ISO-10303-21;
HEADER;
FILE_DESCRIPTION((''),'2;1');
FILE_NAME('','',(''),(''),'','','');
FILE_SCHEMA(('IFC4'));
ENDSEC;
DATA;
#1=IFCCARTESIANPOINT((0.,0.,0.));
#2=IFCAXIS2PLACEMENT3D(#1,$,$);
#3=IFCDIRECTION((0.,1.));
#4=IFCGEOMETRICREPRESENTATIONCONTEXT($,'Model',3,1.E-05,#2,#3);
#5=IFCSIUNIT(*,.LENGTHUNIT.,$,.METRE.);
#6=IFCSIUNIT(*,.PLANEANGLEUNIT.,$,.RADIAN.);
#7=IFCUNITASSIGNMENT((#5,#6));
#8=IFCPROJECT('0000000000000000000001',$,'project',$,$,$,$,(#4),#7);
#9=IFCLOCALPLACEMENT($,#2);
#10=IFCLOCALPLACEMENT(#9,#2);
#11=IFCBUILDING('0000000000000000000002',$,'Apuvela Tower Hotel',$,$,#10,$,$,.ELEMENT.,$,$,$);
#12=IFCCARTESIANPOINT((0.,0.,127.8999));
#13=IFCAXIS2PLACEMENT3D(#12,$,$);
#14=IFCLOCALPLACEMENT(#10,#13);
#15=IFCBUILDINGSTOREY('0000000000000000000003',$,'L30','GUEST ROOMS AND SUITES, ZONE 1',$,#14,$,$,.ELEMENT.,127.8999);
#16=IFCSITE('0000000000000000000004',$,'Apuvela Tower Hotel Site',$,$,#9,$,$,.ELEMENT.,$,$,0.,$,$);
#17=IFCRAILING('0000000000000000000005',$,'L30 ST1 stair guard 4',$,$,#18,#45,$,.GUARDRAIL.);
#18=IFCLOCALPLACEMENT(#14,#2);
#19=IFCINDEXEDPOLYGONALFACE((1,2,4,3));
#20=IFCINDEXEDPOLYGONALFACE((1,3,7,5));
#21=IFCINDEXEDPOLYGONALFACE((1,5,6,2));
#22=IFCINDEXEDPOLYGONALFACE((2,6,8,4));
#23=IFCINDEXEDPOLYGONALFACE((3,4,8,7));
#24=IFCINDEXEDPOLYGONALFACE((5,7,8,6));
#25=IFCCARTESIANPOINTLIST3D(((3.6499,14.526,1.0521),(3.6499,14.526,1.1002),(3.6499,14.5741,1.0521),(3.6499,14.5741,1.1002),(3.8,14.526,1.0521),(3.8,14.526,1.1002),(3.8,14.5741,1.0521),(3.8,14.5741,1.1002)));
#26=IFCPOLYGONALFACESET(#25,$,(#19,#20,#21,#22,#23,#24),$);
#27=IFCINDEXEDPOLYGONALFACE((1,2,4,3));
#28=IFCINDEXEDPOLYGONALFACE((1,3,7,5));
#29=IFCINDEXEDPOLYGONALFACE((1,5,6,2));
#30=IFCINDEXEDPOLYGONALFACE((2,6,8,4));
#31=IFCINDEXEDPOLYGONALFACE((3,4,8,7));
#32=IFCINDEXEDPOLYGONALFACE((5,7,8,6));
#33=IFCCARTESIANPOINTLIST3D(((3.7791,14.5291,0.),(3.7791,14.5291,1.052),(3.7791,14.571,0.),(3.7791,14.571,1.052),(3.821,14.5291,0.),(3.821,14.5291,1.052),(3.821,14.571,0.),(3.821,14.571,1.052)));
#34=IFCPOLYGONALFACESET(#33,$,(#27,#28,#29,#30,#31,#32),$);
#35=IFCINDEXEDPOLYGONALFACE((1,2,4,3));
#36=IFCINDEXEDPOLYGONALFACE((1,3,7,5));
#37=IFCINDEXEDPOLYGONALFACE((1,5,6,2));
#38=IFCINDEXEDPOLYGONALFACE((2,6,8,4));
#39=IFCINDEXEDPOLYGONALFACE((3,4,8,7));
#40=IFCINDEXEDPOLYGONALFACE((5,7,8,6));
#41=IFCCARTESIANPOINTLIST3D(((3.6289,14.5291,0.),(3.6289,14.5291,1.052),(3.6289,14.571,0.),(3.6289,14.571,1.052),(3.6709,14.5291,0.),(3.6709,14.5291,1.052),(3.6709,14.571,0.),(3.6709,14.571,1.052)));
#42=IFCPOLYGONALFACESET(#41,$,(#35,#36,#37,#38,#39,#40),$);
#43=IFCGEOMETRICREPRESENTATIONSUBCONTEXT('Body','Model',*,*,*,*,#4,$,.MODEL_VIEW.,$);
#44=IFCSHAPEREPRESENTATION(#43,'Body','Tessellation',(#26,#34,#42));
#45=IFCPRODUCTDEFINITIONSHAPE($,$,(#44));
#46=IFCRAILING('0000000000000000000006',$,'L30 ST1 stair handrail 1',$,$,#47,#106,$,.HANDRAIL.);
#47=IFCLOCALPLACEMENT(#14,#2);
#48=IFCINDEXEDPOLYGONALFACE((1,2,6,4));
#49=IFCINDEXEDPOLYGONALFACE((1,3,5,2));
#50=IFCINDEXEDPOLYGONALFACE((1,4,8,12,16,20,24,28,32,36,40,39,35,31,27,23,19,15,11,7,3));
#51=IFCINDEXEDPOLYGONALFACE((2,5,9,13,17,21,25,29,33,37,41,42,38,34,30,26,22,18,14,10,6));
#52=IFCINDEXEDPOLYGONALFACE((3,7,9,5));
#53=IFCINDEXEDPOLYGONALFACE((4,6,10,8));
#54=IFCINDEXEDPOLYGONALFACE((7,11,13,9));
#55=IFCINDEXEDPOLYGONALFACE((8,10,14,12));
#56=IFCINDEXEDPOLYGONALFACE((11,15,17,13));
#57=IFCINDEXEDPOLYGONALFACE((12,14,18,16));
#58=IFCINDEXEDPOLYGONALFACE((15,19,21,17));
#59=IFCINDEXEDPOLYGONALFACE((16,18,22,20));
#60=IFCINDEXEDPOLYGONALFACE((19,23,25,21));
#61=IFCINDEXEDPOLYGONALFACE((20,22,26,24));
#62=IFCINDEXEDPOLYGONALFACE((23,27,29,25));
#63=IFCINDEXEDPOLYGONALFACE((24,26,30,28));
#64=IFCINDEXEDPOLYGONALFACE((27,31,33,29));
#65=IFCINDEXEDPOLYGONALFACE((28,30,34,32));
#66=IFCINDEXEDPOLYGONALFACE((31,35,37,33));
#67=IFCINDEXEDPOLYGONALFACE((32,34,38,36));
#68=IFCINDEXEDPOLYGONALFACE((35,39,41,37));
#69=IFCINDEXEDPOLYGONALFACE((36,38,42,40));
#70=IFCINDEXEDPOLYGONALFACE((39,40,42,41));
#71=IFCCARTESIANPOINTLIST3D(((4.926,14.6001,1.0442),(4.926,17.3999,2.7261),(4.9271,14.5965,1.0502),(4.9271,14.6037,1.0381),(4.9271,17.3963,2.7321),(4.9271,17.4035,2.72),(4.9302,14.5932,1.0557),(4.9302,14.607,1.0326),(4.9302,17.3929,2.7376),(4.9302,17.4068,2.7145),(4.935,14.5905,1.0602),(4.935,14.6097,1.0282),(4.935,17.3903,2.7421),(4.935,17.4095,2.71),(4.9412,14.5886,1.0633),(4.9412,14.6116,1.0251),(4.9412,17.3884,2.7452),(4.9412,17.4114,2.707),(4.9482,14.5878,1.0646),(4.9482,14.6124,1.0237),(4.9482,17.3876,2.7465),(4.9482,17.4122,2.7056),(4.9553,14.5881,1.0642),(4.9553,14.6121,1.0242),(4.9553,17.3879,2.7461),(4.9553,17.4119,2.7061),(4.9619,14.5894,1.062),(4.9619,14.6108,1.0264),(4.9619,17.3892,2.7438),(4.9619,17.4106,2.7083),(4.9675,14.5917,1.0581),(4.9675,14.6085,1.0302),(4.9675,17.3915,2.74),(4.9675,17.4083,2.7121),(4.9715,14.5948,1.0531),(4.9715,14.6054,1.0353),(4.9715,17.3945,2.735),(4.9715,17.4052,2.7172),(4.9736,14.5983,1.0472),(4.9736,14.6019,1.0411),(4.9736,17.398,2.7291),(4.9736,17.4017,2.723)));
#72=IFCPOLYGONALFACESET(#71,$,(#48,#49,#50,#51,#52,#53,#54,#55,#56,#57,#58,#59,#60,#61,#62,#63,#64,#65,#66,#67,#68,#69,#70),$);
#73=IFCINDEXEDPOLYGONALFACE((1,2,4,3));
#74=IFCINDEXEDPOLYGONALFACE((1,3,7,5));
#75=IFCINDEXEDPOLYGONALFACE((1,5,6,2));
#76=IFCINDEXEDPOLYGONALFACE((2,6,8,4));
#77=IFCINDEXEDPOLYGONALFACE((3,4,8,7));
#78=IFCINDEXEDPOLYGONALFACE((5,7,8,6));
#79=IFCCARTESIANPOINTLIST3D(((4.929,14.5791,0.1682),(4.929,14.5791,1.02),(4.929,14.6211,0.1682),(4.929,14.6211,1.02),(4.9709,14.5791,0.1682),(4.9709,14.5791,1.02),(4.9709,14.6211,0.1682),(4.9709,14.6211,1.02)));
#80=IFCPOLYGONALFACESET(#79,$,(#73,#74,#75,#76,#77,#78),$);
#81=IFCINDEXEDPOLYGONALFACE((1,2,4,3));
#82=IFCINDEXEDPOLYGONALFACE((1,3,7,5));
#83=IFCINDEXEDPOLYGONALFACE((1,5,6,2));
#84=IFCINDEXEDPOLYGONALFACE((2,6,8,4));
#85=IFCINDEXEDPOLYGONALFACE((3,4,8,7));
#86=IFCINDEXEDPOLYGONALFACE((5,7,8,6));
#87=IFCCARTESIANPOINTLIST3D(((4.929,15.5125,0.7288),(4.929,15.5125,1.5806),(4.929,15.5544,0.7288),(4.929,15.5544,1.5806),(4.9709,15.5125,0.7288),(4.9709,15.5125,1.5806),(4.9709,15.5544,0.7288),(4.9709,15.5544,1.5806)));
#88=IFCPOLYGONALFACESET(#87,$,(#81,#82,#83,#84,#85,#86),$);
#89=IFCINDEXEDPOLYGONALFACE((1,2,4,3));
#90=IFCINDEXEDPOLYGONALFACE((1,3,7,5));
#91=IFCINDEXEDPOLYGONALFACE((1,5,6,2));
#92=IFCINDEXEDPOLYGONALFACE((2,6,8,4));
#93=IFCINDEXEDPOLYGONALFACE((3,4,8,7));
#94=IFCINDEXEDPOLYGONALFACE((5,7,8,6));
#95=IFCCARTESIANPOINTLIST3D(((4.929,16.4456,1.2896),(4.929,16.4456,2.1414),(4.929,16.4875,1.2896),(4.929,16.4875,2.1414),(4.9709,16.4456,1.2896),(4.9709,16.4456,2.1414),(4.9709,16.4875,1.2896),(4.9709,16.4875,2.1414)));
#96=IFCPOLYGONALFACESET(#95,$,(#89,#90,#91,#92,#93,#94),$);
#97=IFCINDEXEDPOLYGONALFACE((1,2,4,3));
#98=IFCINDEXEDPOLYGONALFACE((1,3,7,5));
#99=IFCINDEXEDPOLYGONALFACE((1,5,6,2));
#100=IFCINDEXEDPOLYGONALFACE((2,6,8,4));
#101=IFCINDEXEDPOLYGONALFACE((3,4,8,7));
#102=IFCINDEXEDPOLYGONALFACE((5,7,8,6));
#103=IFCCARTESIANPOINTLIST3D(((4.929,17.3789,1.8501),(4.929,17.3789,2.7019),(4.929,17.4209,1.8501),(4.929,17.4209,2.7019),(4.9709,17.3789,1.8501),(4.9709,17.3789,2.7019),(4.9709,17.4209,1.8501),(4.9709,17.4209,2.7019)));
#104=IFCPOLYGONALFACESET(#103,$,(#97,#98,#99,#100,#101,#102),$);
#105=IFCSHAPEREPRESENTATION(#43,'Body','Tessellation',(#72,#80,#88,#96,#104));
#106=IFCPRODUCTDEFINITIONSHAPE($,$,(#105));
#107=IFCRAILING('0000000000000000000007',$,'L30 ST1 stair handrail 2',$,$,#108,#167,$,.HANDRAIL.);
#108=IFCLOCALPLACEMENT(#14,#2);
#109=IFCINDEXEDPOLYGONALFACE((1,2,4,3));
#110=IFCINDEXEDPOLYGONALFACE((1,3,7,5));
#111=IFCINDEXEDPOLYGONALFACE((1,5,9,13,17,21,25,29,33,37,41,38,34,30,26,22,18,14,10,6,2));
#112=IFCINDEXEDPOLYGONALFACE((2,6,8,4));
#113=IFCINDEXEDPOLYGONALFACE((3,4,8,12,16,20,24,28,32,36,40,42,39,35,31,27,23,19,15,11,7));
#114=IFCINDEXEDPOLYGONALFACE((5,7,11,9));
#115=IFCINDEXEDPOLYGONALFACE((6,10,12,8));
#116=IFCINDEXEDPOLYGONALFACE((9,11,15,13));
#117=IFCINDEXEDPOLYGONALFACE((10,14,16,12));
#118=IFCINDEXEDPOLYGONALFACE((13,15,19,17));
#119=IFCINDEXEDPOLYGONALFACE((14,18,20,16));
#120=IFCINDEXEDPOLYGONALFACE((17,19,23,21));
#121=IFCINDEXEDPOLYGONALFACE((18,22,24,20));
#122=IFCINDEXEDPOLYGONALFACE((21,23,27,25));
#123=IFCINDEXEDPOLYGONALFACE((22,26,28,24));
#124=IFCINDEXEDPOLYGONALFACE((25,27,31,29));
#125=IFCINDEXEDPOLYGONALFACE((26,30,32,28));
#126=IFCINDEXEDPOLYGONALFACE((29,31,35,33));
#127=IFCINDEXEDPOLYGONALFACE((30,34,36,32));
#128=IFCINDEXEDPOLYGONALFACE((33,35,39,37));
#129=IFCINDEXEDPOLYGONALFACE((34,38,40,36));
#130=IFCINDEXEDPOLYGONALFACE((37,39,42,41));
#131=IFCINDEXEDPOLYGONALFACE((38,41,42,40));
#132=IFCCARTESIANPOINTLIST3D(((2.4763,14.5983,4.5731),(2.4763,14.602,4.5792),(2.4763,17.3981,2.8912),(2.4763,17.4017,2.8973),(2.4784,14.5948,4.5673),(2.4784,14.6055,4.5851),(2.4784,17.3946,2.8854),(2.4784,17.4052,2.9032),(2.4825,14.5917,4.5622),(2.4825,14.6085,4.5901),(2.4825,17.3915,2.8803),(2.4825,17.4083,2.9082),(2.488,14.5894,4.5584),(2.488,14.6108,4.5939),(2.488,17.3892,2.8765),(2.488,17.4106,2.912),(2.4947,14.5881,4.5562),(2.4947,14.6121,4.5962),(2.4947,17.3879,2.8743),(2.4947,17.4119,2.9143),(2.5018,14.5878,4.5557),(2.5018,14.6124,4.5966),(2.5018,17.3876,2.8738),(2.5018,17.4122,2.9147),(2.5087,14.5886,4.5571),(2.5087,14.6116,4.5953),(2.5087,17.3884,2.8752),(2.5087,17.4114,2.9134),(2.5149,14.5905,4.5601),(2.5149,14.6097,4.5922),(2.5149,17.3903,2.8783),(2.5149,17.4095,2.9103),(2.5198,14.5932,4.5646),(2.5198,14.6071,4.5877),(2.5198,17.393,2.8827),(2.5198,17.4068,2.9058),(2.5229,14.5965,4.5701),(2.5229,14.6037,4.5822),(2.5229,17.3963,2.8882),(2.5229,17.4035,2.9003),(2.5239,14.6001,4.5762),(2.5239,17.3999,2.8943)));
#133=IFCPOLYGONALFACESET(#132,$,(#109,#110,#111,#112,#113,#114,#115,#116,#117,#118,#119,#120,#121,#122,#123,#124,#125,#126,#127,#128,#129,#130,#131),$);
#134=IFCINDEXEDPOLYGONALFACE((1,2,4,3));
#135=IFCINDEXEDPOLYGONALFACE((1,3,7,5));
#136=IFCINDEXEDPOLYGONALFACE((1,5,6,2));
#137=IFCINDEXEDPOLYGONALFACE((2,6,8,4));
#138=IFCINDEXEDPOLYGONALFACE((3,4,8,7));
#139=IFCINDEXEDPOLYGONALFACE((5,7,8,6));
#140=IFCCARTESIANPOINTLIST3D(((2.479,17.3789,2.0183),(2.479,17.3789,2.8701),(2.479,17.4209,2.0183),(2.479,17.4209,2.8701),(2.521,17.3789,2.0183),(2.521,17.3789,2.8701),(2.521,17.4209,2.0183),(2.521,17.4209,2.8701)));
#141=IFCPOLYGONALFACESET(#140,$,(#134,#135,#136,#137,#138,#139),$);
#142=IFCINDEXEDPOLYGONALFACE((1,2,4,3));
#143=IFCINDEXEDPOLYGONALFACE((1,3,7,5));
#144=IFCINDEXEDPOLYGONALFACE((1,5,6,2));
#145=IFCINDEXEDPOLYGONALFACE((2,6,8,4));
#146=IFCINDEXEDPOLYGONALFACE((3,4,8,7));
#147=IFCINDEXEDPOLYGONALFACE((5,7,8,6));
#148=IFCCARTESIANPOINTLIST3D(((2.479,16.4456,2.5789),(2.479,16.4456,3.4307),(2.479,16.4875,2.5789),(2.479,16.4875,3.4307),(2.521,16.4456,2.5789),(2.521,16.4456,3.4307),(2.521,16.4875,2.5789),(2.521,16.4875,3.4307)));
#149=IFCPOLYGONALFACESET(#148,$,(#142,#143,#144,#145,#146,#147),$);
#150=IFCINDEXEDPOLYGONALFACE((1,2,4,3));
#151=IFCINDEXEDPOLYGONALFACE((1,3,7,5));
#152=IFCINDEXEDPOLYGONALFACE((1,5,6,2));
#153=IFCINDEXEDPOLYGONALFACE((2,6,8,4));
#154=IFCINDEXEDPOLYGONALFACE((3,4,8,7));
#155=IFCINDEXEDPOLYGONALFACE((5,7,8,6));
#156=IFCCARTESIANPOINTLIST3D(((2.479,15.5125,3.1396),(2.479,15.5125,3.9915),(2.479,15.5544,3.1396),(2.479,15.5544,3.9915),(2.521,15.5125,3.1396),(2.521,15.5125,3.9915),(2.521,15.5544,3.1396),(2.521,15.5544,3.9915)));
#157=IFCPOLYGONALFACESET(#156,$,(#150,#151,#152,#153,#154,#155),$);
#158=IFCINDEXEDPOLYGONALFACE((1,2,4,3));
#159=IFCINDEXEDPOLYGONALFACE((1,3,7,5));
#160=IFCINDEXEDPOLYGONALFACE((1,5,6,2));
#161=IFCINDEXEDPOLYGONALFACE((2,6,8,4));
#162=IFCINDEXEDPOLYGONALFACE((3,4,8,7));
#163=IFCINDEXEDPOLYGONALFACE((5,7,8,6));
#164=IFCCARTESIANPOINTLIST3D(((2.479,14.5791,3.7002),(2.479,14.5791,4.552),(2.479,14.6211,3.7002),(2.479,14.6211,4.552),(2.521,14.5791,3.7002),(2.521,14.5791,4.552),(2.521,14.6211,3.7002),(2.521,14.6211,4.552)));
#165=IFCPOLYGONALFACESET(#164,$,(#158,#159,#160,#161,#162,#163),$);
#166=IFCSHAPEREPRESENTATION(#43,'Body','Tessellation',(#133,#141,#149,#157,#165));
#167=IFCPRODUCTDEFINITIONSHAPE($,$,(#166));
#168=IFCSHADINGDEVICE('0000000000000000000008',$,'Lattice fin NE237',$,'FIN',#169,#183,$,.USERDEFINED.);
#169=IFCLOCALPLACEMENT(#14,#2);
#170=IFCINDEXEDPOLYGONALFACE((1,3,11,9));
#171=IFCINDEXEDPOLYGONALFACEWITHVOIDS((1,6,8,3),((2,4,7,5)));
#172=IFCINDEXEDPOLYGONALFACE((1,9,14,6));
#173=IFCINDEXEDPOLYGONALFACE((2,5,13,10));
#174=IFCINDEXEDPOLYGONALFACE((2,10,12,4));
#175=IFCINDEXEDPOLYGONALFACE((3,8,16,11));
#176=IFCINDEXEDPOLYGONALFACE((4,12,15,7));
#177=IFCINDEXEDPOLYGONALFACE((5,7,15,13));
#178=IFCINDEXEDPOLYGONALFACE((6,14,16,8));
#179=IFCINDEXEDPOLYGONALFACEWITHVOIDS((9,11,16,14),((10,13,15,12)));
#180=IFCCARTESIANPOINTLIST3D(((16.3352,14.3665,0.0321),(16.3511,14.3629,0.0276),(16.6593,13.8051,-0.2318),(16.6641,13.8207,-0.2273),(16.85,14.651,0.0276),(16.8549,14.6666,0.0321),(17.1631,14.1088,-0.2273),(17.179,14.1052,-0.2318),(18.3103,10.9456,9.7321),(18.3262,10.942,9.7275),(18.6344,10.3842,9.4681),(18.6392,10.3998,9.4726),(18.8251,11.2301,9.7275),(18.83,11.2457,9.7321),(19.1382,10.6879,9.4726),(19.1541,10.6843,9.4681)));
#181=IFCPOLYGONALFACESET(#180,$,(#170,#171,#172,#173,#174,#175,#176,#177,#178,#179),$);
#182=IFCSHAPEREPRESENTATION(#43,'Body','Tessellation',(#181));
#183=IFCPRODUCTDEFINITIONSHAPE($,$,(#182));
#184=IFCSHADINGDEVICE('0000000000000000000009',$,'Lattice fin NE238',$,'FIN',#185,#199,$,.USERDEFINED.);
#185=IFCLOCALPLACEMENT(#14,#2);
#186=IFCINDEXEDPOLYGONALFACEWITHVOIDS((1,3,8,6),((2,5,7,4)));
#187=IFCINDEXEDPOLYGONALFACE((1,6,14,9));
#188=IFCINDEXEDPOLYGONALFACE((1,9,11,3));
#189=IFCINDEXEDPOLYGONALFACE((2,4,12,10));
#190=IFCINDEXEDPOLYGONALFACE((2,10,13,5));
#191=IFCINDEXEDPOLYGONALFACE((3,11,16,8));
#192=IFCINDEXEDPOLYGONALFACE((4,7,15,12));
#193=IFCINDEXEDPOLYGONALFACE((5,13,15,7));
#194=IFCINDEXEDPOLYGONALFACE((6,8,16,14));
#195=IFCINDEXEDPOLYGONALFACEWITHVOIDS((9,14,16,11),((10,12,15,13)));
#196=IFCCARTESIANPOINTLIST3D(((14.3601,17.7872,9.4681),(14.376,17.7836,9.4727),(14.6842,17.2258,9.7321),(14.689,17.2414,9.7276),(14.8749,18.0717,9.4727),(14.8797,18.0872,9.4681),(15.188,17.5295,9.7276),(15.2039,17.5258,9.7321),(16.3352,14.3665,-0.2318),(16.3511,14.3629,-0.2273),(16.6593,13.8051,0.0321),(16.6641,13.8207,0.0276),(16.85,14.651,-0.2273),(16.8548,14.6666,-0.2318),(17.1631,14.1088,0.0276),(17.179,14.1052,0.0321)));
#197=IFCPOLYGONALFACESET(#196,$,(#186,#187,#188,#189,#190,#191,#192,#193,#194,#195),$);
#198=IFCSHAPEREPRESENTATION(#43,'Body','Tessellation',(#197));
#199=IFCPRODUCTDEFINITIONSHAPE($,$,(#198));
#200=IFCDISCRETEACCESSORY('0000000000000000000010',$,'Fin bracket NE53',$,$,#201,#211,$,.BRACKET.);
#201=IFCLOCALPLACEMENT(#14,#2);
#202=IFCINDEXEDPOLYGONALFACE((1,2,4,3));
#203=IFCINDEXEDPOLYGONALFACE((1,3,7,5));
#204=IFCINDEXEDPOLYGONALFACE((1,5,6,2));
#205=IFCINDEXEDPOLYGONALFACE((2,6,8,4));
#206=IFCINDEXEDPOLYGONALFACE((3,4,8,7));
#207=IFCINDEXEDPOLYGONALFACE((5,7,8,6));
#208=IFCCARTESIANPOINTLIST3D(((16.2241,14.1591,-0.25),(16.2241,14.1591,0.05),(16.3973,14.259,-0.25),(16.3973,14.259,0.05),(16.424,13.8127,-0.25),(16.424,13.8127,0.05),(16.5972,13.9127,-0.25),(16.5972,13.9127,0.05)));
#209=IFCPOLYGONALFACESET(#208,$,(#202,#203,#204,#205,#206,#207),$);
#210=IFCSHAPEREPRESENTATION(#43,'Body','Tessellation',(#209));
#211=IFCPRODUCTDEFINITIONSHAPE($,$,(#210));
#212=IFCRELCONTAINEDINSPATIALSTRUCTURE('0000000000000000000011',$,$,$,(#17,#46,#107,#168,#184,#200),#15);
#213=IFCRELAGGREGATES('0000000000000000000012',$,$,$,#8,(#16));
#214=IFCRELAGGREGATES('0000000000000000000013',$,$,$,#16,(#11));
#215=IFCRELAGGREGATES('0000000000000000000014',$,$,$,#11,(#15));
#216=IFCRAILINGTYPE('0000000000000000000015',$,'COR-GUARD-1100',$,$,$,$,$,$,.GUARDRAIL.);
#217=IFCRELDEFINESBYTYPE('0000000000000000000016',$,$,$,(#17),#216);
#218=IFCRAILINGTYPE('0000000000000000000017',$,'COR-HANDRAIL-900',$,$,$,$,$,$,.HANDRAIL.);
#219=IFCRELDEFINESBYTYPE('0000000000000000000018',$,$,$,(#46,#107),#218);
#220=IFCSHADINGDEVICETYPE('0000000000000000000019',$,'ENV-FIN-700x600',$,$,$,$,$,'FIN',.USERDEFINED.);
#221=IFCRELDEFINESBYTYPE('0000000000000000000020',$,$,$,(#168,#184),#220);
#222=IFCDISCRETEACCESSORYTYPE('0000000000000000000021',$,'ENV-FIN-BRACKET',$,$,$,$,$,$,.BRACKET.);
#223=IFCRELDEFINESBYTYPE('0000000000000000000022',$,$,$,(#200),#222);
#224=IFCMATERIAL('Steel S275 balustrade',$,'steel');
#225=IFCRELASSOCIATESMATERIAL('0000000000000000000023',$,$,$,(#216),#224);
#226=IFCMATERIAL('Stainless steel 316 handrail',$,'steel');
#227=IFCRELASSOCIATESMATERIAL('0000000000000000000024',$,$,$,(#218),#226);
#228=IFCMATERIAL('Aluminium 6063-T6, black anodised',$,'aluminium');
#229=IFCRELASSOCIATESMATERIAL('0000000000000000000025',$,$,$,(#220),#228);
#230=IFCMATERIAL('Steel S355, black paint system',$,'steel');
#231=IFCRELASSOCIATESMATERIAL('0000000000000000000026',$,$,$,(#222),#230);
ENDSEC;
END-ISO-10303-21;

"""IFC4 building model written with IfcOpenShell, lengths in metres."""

from ifc_helpers import new_model, si_unit, direction, frame, origin, origin_2d, place, context, subcontext, project, spatial, rectangle, hollow_rectangle, circle, extrude, material, material_profile, profile_set, type_object, element, save


model = new_model("IFC4")

# Units and contexts
model_context = context("Model", 3, precision=1e-05, world=origin(), true_north=direction((0.0, 1.0)))
body_context = subcontext(model_context, "Body", "Model", "MODEL_VIEW")
ifc_project = project(units=[si_unit("LENGTHUNIT", "METRE"), si_unit("PLANEANGLEUNIT", "RADIAN")], contexts=[model_context])

# Site, building, storey
site_placement = place(None, origin())
site = spatial("IfcSite", under=ifc_project, at=site_placement, Name="Apuvela Tower Hotel Site", CompositionType="ELEMENT", RefElevation=0.0)
building_placement = place(site_placement, origin())
building = spatial("IfcBuilding", under=site, at=building_placement, Name="Apuvela Tower Hotel", CompositionType="ELEMENT")
storey_placement = place(building_placement, frame((0.0, 0.0, 127.8999)))
storey = spatial("IfcBuildingStorey", under=building, at=storey_placement, Name="L30", Description="GUEST ROOMS AND SUITES, ZONE 1", CompositionType="ELEMENT", Elevation=127.8999)

# Railings
ifc_material_1 = material(Name="Steel S275 balustrade", Category="steel")
railing_type_1 = type_object("IfcRailingType", Name="COR-GUARD-1100", PredefinedType="GUARDRAIL", material=ifc_material_1)
railing_1_placement = place(storey_placement, frame((3.8, 14.55, 0.0)))
element("IfcRailing", 1, at=railing_1_placement, inside=storey, type_object=railing_type_1, Name="L30 ST1 stair guard 4", PredefinedType="GUARDRAIL", context=body_context, shape_type="SweptSolid", body=[
    extrude(rectangle(XDim=0.0481, YDim=0.0481, at=origin_2d()), frame((0.0, 0.0, 1.0762), z_axis=(-1.0, 0.0, 0.0), x_axis=(0.0, -1.0, 0.0)), (0.0, 0.0, 1.0), 0.1501),
    extrude(rectangle(XDim=0.042, YDim=0.042, at=origin_2d()), origin(), (0.0, 0.0, 1.0), 1.052),
    extrude(rectangle(XDim=0.042, YDim=0.042, at=origin_2d()), frame((-0.1501, 0.0, 0.0)), (0.0, 0.0, 1.0), 1.052),
])
ifc_material_2 = material(Name="Stainless steel 316 handrail", Category="steel")
railing_type_2 = type_object("IfcRailingType", Name="COR-HANDRAIL-900", PredefinedType="HANDRAIL", material=ifc_material_2)
railing_2_placement = place(storey_placement, frame((4.95, 14.6001, 0.1682)))
element("IfcRailing", 2, at=railing_2_placement, inside=storey, type_object=railing_type_2, Name="L30 ST1 stair handrail 1", PredefinedType="HANDRAIL", context=body_context, shape_type="SweptSolid", body=[
    extrude(circle(Radius=0.0239, at=origin_2d()), frame((0.0, 0.0, 0.876), z_axis=(0.0, 0.857222, 0.514946), x_axis=(-1.0, 0.0, 0.0)), (0.0, 0.0, 1.0), 3.2661),
    extrude(rectangle(XDim=0.042, YDim=0.042, at=origin_2d()), origin(), (0.0, 0.0, 1.0), 0.8518),
    extrude(rectangle(XDim=0.042, YDim=0.042, at=origin_2d()), frame((0.0, 0.9333, 0.5605)), (0.0, 0.0, 1.0), 0.8518),
    extrude(rectangle(XDim=0.042, YDim=0.042, at=origin_2d()), frame((0.0, 1.8665, 1.1213)), (0.0, 0.0, 1.0), 0.8518),
    extrude(rectangle(XDim=0.042, YDim=0.042, at=origin_2d()), frame((0.0, 2.7998, 1.6819)), (0.0, 0.0, 1.0), 0.8518),
])
railing_3_placement = place(storey_placement, frame((2.5, 17.3999, 2.0183)))
element("IfcRailing", 3, at=railing_3_placement, inside=storey, type_object=railing_type_2, Name="L30 ST1 stair handrail 2", PredefinedType="HANDRAIL", context=body_context, shape_type="SweptSolid", body=[
    extrude(circle(Radius=0.0239, at=origin_2d()), frame((0.0, 0.0, 0.876), z_axis=(0.0, -0.857222, 0.514946), x_axis=(1.0, 0.0, 0.0)), (0.0, 0.0, 1.0), 3.2661),
    extrude(rectangle(XDim=0.042, YDim=0.042, at=origin_2d()), origin(), (0.0, 0.0, 1.0), 0.8518),
    extrude(rectangle(XDim=0.042, YDim=0.042, at=origin_2d()), frame((0.0, -0.9333, 0.5605)), (0.0, 0.0, 1.0), 0.8518),
    extrude(rectangle(XDim=0.042, YDim=0.042, at=origin_2d()), frame((0.0, -1.8665, 1.1213)), (0.0, 0.0, 1.0), 0.8518),
    extrude(rectangle(XDim=0.042, YDim=0.042, at=origin_2d()), frame((0.0, -2.7998, 1.6819)), (0.0, 0.0, 1.0), 0.8518),
])

# Shading devices
ifc_material_3 = material(Name="Aluminium 6063-T6, black anodised", Category="aluminium")
ifc_material_profile_1 = material_profile(ifc_material_3, hollow_rectangle(XDim=0.6001, YDim=0.7, WallThickness=0.012, at=origin_2d()), Name="AL BOX 700x600x12")
ifc_profile_set_1 = profile_set([ifc_material_profile_1], Name="Aluminium 6063-T6, black anodised")
shading_device_type = type_object("IfcShadingDeviceType", Name="ENV-FIN-700x600", ElementType="FIN", PredefinedType="USERDEFINED", material=ifc_profile_set_1)
for number, where, z_axis, x_axis, name in (
    (4, (16.7571, 14.2358, -0.0999), (0.188582, -0.326627, 0.926149), (0.866021, 0.500008, 0.0), "Lattice fin NE237"),
    (5, (16.7571, 14.2358, -0.0999), (-0.188583, 0.326606, 0.926156), (-0.866005, -0.500035, 0.0), "Lattice fin NE238"),
):
    element("IfcShadingDevice", number, at=place(storey_placement, frame(where, z_axis=z_axis, x_axis=x_axis)), inside=storey, type_object=shading_device_type, Name=name, ObjectType="FIN", PredefinedType="USERDEFINED", context=body_context, shape_type="SweptSolid", body=[
        extrude(hollow_rectangle(XDim=0.6001, YDim=0.7, WallThickness=0.012, at=origin_2d()), origin(), (0.0, 0.0, 1.0), 10.4734),
    ])

# Discrete accessory
ifc_material_4 = material(Name="Steel S355, black paint system", Category="steel")
discrete_accessory_type = type_object("IfcDiscreteAccessoryType", Name="ENV-FIN-BRACKET", PredefinedType="BRACKET", material=ifc_material_4)
discrete_accessory_placement = place(storey_placement, frame((16.4106, 14.0359, -0.25), z_axis=(0.0, 0.0, 1.0), x_axis=(-0.5, 0.866025, 0.0)))
element("IfcDiscreteAccessory", 6, at=discrete_accessory_placement, inside=storey, type_object=discrete_accessory_type, Name="Fin bracket NE53", PredefinedType="BRACKET", context=body_context, shape_type="SweptSolid", body=[
    extrude(rectangle(XDim=0.3999, YDim=0.2, at=origin_2d()), origin(), (0.0, 0.0, 1.0), 0.3),
])

save(model, "model.ifc")
